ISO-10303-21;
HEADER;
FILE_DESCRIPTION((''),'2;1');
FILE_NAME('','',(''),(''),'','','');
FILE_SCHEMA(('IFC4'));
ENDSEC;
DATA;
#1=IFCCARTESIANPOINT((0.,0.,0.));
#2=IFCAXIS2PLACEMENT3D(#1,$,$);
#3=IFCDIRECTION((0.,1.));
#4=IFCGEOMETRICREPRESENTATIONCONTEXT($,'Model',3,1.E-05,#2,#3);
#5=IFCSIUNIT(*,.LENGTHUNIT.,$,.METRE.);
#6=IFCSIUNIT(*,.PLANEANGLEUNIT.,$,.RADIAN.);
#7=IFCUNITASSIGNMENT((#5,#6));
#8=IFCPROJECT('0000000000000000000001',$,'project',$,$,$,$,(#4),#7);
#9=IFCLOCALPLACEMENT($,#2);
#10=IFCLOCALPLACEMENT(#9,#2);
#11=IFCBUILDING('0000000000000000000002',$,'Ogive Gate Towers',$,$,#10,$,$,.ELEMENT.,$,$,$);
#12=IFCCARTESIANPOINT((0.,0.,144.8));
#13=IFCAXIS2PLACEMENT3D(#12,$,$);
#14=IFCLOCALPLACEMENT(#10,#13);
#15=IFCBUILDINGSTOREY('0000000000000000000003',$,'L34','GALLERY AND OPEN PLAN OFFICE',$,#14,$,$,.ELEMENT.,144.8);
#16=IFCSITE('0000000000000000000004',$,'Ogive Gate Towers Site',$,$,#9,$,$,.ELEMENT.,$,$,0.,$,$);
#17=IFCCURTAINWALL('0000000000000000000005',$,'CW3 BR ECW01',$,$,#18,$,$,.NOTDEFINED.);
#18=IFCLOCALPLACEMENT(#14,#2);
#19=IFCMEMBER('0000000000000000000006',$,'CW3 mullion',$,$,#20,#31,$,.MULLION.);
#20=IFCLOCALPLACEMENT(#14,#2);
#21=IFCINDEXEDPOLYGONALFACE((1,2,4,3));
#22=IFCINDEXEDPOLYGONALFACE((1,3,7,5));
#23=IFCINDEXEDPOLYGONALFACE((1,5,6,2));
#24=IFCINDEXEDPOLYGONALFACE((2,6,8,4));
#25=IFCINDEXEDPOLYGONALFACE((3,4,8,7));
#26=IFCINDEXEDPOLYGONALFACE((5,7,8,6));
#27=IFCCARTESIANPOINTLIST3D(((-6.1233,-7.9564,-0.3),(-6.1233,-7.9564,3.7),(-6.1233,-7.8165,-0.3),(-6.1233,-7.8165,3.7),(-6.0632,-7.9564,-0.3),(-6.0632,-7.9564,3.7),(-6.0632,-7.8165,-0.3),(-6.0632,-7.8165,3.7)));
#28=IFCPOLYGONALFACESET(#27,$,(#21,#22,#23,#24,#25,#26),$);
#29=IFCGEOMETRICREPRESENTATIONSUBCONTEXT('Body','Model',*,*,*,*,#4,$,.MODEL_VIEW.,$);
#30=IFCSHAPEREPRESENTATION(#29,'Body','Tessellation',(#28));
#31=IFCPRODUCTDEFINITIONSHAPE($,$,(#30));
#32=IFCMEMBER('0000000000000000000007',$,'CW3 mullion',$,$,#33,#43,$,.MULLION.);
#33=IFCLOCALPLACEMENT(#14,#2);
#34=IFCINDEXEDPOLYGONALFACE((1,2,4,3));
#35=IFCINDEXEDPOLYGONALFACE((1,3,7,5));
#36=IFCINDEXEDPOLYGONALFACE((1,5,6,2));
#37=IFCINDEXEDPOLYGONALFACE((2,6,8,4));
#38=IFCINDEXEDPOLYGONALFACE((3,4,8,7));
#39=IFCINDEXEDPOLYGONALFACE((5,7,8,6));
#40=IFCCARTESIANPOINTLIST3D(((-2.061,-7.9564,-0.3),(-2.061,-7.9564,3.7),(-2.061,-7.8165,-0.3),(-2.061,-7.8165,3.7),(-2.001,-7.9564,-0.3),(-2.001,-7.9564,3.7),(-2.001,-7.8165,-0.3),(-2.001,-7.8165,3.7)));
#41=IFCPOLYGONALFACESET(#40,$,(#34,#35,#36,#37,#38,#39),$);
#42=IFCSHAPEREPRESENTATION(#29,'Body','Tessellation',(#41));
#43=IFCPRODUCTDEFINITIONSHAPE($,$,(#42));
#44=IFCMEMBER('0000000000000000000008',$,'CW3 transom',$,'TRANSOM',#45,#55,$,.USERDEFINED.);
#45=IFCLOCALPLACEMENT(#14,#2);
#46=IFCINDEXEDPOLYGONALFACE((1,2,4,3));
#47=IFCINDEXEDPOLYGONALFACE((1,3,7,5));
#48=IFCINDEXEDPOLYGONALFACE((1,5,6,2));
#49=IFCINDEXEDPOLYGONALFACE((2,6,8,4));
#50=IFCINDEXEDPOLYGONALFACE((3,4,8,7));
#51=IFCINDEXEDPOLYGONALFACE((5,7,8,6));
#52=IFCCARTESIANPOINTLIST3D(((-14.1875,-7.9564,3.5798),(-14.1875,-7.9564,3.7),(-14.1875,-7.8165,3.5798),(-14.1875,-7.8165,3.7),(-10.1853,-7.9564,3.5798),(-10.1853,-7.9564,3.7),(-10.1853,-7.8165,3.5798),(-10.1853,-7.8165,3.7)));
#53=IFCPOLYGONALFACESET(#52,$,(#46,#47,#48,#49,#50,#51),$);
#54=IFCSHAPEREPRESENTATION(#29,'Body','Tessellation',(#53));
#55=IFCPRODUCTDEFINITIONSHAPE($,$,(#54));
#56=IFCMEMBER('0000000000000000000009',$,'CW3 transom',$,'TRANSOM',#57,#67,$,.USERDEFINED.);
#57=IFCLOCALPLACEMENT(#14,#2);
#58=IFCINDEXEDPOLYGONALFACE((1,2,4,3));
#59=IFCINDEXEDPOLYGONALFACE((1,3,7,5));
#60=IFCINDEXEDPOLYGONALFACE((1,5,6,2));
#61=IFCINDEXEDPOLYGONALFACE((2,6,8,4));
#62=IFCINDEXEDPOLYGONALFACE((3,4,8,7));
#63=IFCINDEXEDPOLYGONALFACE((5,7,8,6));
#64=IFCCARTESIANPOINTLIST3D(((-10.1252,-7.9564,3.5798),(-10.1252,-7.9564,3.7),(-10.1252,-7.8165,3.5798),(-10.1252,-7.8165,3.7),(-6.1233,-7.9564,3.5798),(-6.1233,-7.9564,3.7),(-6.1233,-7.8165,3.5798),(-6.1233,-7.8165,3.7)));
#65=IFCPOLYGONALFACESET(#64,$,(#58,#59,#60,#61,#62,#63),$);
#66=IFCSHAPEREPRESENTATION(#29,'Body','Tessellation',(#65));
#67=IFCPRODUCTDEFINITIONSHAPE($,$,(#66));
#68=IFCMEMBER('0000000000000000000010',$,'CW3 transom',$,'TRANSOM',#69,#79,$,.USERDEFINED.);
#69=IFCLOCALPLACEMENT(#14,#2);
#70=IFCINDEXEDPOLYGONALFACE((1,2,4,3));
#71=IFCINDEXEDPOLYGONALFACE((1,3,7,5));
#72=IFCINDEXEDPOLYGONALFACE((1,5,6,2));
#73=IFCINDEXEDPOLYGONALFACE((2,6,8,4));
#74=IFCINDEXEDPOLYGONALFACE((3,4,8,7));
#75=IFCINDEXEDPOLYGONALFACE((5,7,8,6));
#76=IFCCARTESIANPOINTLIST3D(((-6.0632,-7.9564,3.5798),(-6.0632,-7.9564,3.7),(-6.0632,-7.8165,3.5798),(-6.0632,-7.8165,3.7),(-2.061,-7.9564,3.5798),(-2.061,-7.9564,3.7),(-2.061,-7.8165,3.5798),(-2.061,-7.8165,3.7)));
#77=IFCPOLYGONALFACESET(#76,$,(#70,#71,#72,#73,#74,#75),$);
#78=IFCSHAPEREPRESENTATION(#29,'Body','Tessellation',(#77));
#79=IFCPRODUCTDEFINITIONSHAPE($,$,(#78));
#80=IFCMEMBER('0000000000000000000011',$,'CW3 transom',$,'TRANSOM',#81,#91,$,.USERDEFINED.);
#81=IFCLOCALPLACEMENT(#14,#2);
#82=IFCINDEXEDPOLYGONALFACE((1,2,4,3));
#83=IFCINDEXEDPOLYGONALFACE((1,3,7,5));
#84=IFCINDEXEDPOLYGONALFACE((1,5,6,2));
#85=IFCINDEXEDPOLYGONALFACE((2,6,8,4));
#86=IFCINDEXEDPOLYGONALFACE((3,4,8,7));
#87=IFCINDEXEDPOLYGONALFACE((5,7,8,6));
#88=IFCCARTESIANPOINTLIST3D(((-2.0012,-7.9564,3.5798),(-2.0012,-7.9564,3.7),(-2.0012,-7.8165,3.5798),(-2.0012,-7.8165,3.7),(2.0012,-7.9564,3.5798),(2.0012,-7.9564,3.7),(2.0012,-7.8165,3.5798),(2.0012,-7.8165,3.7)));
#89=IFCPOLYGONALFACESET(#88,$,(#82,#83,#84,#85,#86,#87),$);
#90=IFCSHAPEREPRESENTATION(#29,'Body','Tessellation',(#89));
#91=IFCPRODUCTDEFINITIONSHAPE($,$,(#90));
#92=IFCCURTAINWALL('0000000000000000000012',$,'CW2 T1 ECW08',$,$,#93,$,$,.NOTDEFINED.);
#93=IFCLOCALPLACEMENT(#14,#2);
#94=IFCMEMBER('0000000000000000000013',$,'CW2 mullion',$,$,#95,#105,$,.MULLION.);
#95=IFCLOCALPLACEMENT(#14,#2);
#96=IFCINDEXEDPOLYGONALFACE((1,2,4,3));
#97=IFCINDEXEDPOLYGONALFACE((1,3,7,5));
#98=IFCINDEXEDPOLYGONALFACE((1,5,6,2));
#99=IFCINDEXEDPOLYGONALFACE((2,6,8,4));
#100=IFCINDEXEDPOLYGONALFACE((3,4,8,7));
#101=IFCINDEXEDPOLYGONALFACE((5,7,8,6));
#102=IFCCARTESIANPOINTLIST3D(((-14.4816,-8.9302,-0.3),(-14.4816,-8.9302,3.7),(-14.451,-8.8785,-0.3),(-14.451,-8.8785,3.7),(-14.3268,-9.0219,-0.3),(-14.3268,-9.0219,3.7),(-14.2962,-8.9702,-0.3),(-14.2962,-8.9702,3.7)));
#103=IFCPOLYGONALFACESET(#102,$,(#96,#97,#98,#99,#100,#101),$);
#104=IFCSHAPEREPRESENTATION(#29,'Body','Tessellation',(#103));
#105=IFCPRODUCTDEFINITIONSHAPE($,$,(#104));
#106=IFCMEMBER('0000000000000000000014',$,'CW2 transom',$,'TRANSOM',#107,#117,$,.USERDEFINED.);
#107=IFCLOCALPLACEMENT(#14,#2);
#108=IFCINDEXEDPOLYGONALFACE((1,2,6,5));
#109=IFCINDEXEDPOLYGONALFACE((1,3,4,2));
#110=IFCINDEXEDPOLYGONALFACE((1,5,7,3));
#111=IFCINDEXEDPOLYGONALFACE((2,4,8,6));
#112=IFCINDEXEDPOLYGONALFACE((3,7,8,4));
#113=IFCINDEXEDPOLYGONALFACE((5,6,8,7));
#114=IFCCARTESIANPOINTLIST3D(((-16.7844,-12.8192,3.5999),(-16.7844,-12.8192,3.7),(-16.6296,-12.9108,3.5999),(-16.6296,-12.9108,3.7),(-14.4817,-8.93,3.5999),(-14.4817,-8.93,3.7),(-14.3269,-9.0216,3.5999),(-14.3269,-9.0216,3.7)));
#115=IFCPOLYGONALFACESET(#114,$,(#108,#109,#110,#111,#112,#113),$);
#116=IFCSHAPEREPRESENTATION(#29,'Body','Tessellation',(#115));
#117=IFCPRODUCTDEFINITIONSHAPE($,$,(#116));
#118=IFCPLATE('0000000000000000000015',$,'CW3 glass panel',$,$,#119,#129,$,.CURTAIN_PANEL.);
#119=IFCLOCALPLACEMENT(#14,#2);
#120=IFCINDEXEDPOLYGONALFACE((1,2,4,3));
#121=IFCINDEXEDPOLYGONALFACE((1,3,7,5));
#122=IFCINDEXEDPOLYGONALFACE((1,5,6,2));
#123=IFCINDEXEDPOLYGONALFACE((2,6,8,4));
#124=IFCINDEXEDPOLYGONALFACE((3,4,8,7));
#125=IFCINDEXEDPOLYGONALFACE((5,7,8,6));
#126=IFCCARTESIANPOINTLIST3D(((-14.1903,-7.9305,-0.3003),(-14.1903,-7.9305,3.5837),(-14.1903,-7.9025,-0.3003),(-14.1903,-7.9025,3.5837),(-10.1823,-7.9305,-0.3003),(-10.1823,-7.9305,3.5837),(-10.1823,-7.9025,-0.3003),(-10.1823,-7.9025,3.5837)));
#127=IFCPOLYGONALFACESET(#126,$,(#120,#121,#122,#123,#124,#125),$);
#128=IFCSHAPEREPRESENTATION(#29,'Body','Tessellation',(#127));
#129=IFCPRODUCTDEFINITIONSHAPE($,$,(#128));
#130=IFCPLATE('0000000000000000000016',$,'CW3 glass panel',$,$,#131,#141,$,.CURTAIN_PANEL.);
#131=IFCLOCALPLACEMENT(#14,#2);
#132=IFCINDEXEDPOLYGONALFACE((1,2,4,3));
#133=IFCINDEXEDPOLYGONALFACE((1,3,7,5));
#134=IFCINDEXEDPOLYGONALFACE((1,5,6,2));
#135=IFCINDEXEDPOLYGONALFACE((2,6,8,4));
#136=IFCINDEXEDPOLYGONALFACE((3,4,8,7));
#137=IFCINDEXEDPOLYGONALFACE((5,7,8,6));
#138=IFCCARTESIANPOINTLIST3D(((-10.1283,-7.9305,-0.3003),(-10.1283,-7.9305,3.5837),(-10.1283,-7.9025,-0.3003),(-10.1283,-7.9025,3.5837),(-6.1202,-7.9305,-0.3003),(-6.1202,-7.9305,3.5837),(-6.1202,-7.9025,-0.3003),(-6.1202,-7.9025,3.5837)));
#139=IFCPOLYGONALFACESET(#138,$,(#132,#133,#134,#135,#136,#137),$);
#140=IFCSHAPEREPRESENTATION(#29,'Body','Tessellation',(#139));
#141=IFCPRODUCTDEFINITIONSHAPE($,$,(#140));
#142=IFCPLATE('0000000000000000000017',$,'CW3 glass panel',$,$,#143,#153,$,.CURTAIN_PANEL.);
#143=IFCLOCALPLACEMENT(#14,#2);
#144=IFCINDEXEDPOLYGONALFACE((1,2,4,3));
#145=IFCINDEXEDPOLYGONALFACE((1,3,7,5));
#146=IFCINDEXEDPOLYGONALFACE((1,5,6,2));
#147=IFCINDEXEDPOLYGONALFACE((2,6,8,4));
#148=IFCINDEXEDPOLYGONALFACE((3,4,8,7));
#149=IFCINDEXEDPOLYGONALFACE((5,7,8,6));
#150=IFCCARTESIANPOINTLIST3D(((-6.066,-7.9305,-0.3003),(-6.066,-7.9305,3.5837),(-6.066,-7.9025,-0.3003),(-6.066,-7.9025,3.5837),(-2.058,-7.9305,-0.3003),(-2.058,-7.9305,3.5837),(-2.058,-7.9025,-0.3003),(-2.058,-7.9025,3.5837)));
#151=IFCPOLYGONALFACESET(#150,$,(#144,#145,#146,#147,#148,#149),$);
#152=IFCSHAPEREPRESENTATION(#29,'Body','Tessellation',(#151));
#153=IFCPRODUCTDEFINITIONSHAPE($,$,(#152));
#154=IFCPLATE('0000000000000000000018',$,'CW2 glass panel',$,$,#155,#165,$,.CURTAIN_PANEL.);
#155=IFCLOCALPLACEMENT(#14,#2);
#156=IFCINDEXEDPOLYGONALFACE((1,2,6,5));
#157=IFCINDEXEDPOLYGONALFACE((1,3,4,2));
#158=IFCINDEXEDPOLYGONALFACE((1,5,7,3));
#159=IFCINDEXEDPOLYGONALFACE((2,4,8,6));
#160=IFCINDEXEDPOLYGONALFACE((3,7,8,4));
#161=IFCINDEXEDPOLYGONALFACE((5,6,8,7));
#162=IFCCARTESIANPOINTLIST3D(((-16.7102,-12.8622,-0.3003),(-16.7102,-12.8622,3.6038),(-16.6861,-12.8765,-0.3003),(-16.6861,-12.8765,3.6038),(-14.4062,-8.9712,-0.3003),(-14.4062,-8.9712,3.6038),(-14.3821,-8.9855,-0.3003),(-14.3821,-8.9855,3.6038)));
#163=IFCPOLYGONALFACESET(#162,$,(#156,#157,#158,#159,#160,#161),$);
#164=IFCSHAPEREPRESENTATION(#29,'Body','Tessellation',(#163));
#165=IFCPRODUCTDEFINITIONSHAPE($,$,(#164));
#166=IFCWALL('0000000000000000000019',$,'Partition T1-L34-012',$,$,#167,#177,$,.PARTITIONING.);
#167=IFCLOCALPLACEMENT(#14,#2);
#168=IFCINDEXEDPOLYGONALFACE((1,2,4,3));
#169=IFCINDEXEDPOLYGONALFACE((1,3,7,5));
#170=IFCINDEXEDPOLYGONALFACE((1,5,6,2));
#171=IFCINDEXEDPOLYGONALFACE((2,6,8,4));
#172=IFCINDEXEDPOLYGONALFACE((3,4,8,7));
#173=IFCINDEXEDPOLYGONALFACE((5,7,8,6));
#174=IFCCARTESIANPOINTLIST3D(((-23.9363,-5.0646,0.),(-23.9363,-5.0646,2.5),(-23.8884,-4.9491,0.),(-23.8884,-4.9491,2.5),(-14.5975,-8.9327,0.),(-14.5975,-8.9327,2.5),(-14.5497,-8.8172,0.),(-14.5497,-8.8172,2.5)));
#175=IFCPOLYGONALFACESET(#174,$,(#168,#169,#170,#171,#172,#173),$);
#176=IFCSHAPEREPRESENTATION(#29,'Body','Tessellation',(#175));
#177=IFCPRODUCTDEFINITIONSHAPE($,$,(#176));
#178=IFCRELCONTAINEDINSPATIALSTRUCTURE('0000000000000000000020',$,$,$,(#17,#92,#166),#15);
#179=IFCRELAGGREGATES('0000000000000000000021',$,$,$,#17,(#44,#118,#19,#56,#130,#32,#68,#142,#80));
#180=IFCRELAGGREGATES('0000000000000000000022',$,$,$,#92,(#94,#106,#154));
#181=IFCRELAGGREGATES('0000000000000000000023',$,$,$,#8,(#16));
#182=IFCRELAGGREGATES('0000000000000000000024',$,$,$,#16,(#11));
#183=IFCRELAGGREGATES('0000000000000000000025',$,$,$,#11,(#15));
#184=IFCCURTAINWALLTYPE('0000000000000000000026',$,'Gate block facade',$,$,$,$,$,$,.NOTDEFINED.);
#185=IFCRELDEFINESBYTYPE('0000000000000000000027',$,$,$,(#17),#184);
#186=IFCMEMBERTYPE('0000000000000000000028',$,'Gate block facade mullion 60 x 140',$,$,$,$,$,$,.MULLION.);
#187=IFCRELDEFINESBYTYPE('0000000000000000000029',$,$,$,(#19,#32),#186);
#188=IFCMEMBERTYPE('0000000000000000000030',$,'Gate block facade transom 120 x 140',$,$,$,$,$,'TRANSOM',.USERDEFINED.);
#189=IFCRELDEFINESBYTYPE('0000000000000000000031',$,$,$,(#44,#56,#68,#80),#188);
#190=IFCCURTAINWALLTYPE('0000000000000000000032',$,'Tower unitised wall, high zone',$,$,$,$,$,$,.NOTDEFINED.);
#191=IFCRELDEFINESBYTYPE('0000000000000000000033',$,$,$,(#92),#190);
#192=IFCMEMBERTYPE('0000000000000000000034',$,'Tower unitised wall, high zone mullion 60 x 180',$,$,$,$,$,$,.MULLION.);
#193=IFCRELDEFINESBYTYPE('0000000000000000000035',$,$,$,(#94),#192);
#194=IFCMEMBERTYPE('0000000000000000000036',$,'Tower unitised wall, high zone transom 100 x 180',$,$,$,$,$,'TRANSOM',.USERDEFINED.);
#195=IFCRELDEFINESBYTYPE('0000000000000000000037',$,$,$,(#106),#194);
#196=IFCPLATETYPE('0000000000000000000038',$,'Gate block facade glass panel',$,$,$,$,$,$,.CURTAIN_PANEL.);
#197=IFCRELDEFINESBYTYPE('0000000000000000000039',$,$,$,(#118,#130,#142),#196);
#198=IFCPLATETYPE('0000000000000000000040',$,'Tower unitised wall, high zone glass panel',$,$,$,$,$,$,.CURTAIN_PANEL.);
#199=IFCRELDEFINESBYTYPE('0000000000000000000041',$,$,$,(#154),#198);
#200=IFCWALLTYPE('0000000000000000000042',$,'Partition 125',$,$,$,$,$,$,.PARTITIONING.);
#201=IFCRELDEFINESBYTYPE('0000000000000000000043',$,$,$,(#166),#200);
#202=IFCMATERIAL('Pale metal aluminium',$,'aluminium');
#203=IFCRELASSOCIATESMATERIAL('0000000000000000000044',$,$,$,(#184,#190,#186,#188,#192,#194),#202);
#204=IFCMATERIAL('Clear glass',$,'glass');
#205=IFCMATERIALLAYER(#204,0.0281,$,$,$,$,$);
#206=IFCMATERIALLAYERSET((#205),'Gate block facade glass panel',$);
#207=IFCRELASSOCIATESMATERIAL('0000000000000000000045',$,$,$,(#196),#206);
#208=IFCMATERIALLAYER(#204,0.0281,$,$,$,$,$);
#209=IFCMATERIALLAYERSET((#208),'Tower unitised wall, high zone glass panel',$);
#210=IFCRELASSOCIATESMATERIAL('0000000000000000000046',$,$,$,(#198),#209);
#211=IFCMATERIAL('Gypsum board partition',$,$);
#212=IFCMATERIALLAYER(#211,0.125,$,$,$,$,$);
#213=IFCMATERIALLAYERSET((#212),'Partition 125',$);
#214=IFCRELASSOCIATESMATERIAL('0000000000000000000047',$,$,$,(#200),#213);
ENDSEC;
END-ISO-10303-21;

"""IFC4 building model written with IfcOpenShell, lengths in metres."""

from ifc_helpers import new_model, si_unit, direction, frame, frame_2d, origin, origin_2d, place, context, subcontext, project, spatial, rectangle, extrude, material, layer, layer_set, material_profile, profile_set, type_object, element, aggregate, save


model = new_model("IFC4")

# Units and contexts
model_context = context("Model", 3, precision=1e-05, world=origin(), true_north=direction((0.0, 1.0)))
body_context = subcontext(model_context, "Body", "Model", "MODEL_VIEW")
ifc_project = project(units=[si_unit("LENGTHUNIT", "METRE"), si_unit("PLANEANGLEUNIT", "RADIAN")], contexts=[model_context])

# Site, building, storey
site_placement = place(None, origin())
site = spatial("IfcSite", under=ifc_project, at=site_placement, Name="Ogive Gate Towers Site", CompositionType="ELEMENT", RefElevation=0.0)
building_placement = place(site_placement, origin())
building = spatial("IfcBuilding", under=site, at=building_placement, Name="Ogive Gate Towers", CompositionType="ELEMENT")
storey_placement = place(building_placement, frame((0.0, 0.0, 144.8)))
storey = spatial("IfcBuildingStorey", under=building, at=storey_placement, Name="L34", Description="GALLERY AND OPEN PLAN OFFICE", CompositionType="ELEMENT", Elevation=144.8)

# Curtain walls, members
ifc_material_1 = material(Name="Pale metal aluminium", Category="aluminium")
curtain_wall_type_1 = type_object("IfcCurtainWallType", Name="Gate block facade", PredefinedType="NOTDEFINED", material=ifc_material_1)
curtain_wall_1_placement = place(storey_placement, origin())
curtain_wall_1 = element("IfcCurtainWall", 1, at=curtain_wall_1_placement, inside=storey, type_object=curtain_wall_type_1, Name="CW3 BR ECW01", PredefinedType="NOTDEFINED")
ifc_material_profile_1 = material_profile(ifc_material_1, rectangle(XDim=0.1399, YDim=0.0601, at=origin_2d()), Name="60 x 140 aluminium box")
ifc_profile_set_1 = profile_set([ifc_material_profile_1], Name="Pale metal aluminium")
member_type_1 = type_object("IfcMemberType", Name="Gate block facade mullion 60 x 140", PredefinedType="MULLION", material=ifc_profile_set_1)
member_1_placement = place(storey_placement, frame((-6.0933, -7.8865, -0.3), z_axis=(0.0, 0.0, 1.0), x_axis=(0.0, -1.0, 0.0)))
member_1 = element("IfcMember", 2, at=member_1_placement, type_object=member_type_1, Name="CW3 mullion", PredefinedType="MULLION", context=body_context, shape_type="SweptSolid", body=[
    extrude(rectangle(XDim=0.1399, YDim=0.0601, at=origin_2d()), origin(), (0.0, 0.0, 1.0), 4.0),
])
member_2_placement = place(storey_placement, frame((-2.031, -7.8865, -0.3), z_axis=(0.0, 0.0, 1.0), x_axis=(0.0, -1.0, 0.0)))
member_2 = element("IfcMember", 3, at=member_2_placement, type_object=member_type_1, Name="CW3 mullion", PredefinedType="MULLION", context=body_context, shape_type="SweptSolid", body=[
    extrude(rectangle(XDim=0.1399, YDim=0.0601, at=origin_2d()), origin(), (0.0, 0.0, 1.0), 4.0),
])
ifc_material_profile_2 = material_profile(ifc_material_1, rectangle(XDim=0.1399, YDim=0.1201, at=origin_2d()), Name="120 x 140 aluminium box")
ifc_profile_set_2 = profile_set([ifc_material_profile_2], Name="Pale metal aluminium")
member_type_2 = type_object("IfcMemberType", Name="Gate block facade transom 120 x 140", ElementType="TRANSOM", PredefinedType="USERDEFINED", material=ifc_profile_set_2)
member_3_placement = place(storey_placement, frame((-14.1875, -7.8865, 3.6399), z_axis=(1.0, 0.0, 0.0), x_axis=(0.0, 1.0, 0.0)))
member_3 = element("IfcMember", 4, at=member_3_placement, type_object=member_type_2, Name="CW3 transom", ObjectType="TRANSOM", PredefinedType="USERDEFINED", context=body_context, shape_type="SweptSolid", body=[
    extrude(rectangle(XDim=0.1399, YDim=0.1201, at=origin_2d()), origin(), (0.0, 0.0, 1.0), 4.0022),
])
member_4_placement = place(storey_placement, frame((-10.1252, -7.8865, 3.6399), z_axis=(1.0, 0.0, 0.0), x_axis=(0.0, 1.0, 0.0)))
member_4 = element("IfcMember", 5, at=member_4_placement, type_object=member_type_2, Name="CW3 transom", ObjectType="TRANSOM", PredefinedType="USERDEFINED", context=body_context, shape_type="SweptSolid", body=[
    extrude(rectangle(XDim=0.1399, YDim=0.1201, at=origin_2d()), origin(), (0.0, 0.0, 1.0), 4.002),
])
member_5_placement = place(storey_placement, frame((-6.0632, -7.8865, 3.6399), z_axis=(1.0, 0.0, 0.0), x_axis=(0.0, 1.0, 0.0)))
member_5 = element("IfcMember", 6, at=member_5_placement, type_object=member_type_2, Name="CW3 transom", ObjectType="TRANSOM", PredefinedType="USERDEFINED", context=body_context, shape_type="SweptSolid", body=[
    extrude(rectangle(XDim=0.1399, YDim=0.1201, at=origin_2d()), origin(), (0.0, 0.0, 1.0), 4.0022),
])
member_6_placement = place(storey_placement, frame((-2.0012, -7.8865, 3.6399), z_axis=(1.0, 0.0, 0.0), x_axis=(0.0, 1.0, 0.0)))
member_6 = element("IfcMember", 7, at=member_6_placement, type_object=member_type_2, Name="CW3 transom", ObjectType="TRANSOM", PredefinedType="USERDEFINED", context=body_context, shape_type="SweptSolid", body=[
    extrude(rectangle(XDim=0.1399, YDim=0.1201, at=origin_2d()), origin(), (0.0, 0.0, 1.0), 4.0024),
])
curtain_wall_type_2 = type_object("IfcCurtainWallType", Name="Tower unitised wall, high zone", PredefinedType="NOTDEFINED", material=ifc_material_1)
curtain_wall_2_placement = place(storey_placement, origin())
curtain_wall_2 = element("IfcCurtainWall", 8, at=curtain_wall_2_placement, inside=storey, type_object=curtain_wall_type_2, Name="CW2 T1 ECW08", PredefinedType="NOTDEFINED")
ifc_material_profile_3 = material_profile(ifc_material_1, rectangle(XDim=0.1799, YDim=0.0601, at=origin_2d()), Name="60 x 180 aluminium box")
ifc_profile_set_3 = profile_set([ifc_material_profile_3], Name="Pale metal aluminium")
member_type_3 = type_object("IfcMemberType", Name="Tower unitised wall, high zone mullion 60 x 180", PredefinedType="MULLION", material=ifc_profile_set_3)
member_7_placement = place(storey_placement, frame((-14.3889, -8.9502, -0.3), z_axis=(0.0, 0.0, 1.0), x_axis=(0.860466, -0.509507, 0.0)))
member_7 = element("IfcMember", 9, at=member_7_placement, type_object=member_type_3, Name="CW2 mullion", PredefinedType="MULLION", context=body_context, shape_type="SweptSolid", body=[
    extrude(rectangle(XDim=0.1799, YDim=0.0601, at=origin_2d()), origin(), (0.0, 0.0, 1.0), 4.0),
])
ifc_material_profile_4 = material_profile(ifc_material_1, rectangle(XDim=0.1799, YDim=0.1001, at=origin_2d()), Name="100 x 180 aluminium box")
ifc_profile_set_4 = profile_set([ifc_material_profile_4], Name="Pale metal aluminium")
member_type_4 = type_object("IfcMemberType", Name="Tower unitised wall, high zone transom 100 x 180", ElementType="TRANSOM", PredefinedType="USERDEFINED", material=ifc_profile_set_4)
member_8_placement = place(storey_placement, frame((-16.707, -12.865, 3.6499), z_axis=(0.509483, 0.860481, 0.0), x_axis=(-0.860481, 0.509483, 0.0)))
member_8 = element("IfcMember", 10, at=member_8_placement, type_object=member_type_4, Name="CW2 transom", ObjectType="TRANSOM", PredefinedType="USERDEFINED", context=body_context, shape_type="SweptSolid", body=[
    extrude(rectangle(XDim=0.1799, YDim=0.1001, at=origin_2d()), origin(), (0.0, 0.0, 1.0), 4.5198),
])

# Plates
ifc_material_2 = material(Name="Clear glass", Category="glass")
ifc_layer_1 = layer(ifc_material_2, 0.0281)
ifc_layer_set_1 = layer_set([ifc_layer_1], Name="Gate block facade glass panel")
plate_type_1 = type_object("IfcPlateType", Name="Gate block facade glass panel", PredefinedType="CURTAIN_PANEL", material=ifc_layer_set_1)
plate_1_placement = place(storey_placement, frame((-12.1863, -7.9165, -0.3003), z_axis=(0.0, 0.0, 1.0), x_axis=(1.0, 0.0, 0.0)))
plate_1 = element("IfcPlate", 11, at=plate_1_placement, type_object=plate_type_1, Name="CW3 glass panel", PredefinedType="CURTAIN_PANEL", context=body_context, shape_type="SweptSolid", body=[
    extrude(rectangle(XDim=4.0081, YDim=0.0281, at=origin_2d()), origin(), (0.0, 0.0, 1.0), 3.884),
])
plate_2_placement = place(storey_placement, frame((-8.1243, -7.9165, -0.3003), z_axis=(0.0, 0.0, 1.0), x_axis=(1.0, 0.0, 0.0)))
plate_2 = element("IfcPlate", 12, at=plate_2_placement, type_object=plate_type_1, Name="CW3 glass panel", PredefinedType="CURTAIN_PANEL", context=body_context, shape_type="SweptSolid", body=[
    extrude(rectangle(XDim=4.0081, YDim=0.0281, at=origin_2d()), origin(), (0.0, 0.0, 1.0), 3.884),
])
plate_3_placement = place(storey_placement, frame((-4.062, -7.9165, -0.3003), z_axis=(0.0, 0.0, 1.0), x_axis=(1.0, 0.0, 0.0)))
plate_3 = element("IfcPlate", 13, at=plate_3_placement, type_object=plate_type_1, Name="CW3 glass panel", PredefinedType="CURTAIN_PANEL", context=body_context, shape_type="SweptSolid", body=[
    extrude(rectangle(XDim=4.0081, YDim=0.0281, at=origin_2d()), origin(), (0.0, 0.0, 1.0), 3.884),
])
aggregate(curtain_wall_1, [member_3, plate_1, member_1, member_4, plate_2, member_2, member_5, plate_3, member_6])
ifc_layer_2 = layer(ifc_material_2, 0.0281)
ifc_layer_set_2 = layer_set([ifc_layer_2], Name="Tower unitised wall, high zone glass panel")
plate_type_2 = type_object("IfcPlateType", Name="Tower unitised wall, high zone glass panel", PredefinedType="CURTAIN_PANEL", material=ifc_layer_set_2)
plate_4_placement = place(storey_placement, frame((-15.5461, -10.9238, -0.3003), z_axis=(0.0, 0.0, 1.0), x_axis=(0.509507, 0.860466, 0.0)))
plate_4 = element("IfcPlate", 14, at=plate_4_placement, type_object=plate_type_2, Name="CW2 glass panel", PredefinedType="CURTAIN_PANEL", context=body_context, shape_type="SweptSolid", body=[
    extrude(rectangle(XDim=4.522, YDim=0.0281, at=origin_2d()), origin(), (0.0, 0.0, 1.0), 3.9041),
])
aggregate(curtain_wall_2, [member_7, member_8, plate_4])

# Wall
ifc_material_3 = material(Name="Gypsum board partition")
ifc_layer_3 = layer(ifc_material_3, 0.125)
ifc_layer_set_3 = layer_set([ifc_layer_3], Name="Partition 125")
wall_type_1 = type_object("IfcWallType", Name="Partition 125", PredefinedType="PARTITIONING", material=ifc_layer_set_3)
wall_1_placement = place(storey_placement, frame((-14.5735, -8.875, 0.0), z_axis=(0.0, 0.0, 1.0), x_axis=(-0.923884, 0.382673, 0.0)))
element("IfcWall", 15, at=wall_1_placement, inside=storey, type_object=wall_type_1, Name="Partition T1-L34-012", PredefinedType="PARTITIONING", context=body_context, shape_type="SweptSolid", body=[
    extrude(rectangle(XDim=10.1082, YDim=0.125, at=frame_2d((5.0542, 0.0))), origin(), (0.0, 0.0, 1.0), 2.5),
])

save(model, "model.ifc")
